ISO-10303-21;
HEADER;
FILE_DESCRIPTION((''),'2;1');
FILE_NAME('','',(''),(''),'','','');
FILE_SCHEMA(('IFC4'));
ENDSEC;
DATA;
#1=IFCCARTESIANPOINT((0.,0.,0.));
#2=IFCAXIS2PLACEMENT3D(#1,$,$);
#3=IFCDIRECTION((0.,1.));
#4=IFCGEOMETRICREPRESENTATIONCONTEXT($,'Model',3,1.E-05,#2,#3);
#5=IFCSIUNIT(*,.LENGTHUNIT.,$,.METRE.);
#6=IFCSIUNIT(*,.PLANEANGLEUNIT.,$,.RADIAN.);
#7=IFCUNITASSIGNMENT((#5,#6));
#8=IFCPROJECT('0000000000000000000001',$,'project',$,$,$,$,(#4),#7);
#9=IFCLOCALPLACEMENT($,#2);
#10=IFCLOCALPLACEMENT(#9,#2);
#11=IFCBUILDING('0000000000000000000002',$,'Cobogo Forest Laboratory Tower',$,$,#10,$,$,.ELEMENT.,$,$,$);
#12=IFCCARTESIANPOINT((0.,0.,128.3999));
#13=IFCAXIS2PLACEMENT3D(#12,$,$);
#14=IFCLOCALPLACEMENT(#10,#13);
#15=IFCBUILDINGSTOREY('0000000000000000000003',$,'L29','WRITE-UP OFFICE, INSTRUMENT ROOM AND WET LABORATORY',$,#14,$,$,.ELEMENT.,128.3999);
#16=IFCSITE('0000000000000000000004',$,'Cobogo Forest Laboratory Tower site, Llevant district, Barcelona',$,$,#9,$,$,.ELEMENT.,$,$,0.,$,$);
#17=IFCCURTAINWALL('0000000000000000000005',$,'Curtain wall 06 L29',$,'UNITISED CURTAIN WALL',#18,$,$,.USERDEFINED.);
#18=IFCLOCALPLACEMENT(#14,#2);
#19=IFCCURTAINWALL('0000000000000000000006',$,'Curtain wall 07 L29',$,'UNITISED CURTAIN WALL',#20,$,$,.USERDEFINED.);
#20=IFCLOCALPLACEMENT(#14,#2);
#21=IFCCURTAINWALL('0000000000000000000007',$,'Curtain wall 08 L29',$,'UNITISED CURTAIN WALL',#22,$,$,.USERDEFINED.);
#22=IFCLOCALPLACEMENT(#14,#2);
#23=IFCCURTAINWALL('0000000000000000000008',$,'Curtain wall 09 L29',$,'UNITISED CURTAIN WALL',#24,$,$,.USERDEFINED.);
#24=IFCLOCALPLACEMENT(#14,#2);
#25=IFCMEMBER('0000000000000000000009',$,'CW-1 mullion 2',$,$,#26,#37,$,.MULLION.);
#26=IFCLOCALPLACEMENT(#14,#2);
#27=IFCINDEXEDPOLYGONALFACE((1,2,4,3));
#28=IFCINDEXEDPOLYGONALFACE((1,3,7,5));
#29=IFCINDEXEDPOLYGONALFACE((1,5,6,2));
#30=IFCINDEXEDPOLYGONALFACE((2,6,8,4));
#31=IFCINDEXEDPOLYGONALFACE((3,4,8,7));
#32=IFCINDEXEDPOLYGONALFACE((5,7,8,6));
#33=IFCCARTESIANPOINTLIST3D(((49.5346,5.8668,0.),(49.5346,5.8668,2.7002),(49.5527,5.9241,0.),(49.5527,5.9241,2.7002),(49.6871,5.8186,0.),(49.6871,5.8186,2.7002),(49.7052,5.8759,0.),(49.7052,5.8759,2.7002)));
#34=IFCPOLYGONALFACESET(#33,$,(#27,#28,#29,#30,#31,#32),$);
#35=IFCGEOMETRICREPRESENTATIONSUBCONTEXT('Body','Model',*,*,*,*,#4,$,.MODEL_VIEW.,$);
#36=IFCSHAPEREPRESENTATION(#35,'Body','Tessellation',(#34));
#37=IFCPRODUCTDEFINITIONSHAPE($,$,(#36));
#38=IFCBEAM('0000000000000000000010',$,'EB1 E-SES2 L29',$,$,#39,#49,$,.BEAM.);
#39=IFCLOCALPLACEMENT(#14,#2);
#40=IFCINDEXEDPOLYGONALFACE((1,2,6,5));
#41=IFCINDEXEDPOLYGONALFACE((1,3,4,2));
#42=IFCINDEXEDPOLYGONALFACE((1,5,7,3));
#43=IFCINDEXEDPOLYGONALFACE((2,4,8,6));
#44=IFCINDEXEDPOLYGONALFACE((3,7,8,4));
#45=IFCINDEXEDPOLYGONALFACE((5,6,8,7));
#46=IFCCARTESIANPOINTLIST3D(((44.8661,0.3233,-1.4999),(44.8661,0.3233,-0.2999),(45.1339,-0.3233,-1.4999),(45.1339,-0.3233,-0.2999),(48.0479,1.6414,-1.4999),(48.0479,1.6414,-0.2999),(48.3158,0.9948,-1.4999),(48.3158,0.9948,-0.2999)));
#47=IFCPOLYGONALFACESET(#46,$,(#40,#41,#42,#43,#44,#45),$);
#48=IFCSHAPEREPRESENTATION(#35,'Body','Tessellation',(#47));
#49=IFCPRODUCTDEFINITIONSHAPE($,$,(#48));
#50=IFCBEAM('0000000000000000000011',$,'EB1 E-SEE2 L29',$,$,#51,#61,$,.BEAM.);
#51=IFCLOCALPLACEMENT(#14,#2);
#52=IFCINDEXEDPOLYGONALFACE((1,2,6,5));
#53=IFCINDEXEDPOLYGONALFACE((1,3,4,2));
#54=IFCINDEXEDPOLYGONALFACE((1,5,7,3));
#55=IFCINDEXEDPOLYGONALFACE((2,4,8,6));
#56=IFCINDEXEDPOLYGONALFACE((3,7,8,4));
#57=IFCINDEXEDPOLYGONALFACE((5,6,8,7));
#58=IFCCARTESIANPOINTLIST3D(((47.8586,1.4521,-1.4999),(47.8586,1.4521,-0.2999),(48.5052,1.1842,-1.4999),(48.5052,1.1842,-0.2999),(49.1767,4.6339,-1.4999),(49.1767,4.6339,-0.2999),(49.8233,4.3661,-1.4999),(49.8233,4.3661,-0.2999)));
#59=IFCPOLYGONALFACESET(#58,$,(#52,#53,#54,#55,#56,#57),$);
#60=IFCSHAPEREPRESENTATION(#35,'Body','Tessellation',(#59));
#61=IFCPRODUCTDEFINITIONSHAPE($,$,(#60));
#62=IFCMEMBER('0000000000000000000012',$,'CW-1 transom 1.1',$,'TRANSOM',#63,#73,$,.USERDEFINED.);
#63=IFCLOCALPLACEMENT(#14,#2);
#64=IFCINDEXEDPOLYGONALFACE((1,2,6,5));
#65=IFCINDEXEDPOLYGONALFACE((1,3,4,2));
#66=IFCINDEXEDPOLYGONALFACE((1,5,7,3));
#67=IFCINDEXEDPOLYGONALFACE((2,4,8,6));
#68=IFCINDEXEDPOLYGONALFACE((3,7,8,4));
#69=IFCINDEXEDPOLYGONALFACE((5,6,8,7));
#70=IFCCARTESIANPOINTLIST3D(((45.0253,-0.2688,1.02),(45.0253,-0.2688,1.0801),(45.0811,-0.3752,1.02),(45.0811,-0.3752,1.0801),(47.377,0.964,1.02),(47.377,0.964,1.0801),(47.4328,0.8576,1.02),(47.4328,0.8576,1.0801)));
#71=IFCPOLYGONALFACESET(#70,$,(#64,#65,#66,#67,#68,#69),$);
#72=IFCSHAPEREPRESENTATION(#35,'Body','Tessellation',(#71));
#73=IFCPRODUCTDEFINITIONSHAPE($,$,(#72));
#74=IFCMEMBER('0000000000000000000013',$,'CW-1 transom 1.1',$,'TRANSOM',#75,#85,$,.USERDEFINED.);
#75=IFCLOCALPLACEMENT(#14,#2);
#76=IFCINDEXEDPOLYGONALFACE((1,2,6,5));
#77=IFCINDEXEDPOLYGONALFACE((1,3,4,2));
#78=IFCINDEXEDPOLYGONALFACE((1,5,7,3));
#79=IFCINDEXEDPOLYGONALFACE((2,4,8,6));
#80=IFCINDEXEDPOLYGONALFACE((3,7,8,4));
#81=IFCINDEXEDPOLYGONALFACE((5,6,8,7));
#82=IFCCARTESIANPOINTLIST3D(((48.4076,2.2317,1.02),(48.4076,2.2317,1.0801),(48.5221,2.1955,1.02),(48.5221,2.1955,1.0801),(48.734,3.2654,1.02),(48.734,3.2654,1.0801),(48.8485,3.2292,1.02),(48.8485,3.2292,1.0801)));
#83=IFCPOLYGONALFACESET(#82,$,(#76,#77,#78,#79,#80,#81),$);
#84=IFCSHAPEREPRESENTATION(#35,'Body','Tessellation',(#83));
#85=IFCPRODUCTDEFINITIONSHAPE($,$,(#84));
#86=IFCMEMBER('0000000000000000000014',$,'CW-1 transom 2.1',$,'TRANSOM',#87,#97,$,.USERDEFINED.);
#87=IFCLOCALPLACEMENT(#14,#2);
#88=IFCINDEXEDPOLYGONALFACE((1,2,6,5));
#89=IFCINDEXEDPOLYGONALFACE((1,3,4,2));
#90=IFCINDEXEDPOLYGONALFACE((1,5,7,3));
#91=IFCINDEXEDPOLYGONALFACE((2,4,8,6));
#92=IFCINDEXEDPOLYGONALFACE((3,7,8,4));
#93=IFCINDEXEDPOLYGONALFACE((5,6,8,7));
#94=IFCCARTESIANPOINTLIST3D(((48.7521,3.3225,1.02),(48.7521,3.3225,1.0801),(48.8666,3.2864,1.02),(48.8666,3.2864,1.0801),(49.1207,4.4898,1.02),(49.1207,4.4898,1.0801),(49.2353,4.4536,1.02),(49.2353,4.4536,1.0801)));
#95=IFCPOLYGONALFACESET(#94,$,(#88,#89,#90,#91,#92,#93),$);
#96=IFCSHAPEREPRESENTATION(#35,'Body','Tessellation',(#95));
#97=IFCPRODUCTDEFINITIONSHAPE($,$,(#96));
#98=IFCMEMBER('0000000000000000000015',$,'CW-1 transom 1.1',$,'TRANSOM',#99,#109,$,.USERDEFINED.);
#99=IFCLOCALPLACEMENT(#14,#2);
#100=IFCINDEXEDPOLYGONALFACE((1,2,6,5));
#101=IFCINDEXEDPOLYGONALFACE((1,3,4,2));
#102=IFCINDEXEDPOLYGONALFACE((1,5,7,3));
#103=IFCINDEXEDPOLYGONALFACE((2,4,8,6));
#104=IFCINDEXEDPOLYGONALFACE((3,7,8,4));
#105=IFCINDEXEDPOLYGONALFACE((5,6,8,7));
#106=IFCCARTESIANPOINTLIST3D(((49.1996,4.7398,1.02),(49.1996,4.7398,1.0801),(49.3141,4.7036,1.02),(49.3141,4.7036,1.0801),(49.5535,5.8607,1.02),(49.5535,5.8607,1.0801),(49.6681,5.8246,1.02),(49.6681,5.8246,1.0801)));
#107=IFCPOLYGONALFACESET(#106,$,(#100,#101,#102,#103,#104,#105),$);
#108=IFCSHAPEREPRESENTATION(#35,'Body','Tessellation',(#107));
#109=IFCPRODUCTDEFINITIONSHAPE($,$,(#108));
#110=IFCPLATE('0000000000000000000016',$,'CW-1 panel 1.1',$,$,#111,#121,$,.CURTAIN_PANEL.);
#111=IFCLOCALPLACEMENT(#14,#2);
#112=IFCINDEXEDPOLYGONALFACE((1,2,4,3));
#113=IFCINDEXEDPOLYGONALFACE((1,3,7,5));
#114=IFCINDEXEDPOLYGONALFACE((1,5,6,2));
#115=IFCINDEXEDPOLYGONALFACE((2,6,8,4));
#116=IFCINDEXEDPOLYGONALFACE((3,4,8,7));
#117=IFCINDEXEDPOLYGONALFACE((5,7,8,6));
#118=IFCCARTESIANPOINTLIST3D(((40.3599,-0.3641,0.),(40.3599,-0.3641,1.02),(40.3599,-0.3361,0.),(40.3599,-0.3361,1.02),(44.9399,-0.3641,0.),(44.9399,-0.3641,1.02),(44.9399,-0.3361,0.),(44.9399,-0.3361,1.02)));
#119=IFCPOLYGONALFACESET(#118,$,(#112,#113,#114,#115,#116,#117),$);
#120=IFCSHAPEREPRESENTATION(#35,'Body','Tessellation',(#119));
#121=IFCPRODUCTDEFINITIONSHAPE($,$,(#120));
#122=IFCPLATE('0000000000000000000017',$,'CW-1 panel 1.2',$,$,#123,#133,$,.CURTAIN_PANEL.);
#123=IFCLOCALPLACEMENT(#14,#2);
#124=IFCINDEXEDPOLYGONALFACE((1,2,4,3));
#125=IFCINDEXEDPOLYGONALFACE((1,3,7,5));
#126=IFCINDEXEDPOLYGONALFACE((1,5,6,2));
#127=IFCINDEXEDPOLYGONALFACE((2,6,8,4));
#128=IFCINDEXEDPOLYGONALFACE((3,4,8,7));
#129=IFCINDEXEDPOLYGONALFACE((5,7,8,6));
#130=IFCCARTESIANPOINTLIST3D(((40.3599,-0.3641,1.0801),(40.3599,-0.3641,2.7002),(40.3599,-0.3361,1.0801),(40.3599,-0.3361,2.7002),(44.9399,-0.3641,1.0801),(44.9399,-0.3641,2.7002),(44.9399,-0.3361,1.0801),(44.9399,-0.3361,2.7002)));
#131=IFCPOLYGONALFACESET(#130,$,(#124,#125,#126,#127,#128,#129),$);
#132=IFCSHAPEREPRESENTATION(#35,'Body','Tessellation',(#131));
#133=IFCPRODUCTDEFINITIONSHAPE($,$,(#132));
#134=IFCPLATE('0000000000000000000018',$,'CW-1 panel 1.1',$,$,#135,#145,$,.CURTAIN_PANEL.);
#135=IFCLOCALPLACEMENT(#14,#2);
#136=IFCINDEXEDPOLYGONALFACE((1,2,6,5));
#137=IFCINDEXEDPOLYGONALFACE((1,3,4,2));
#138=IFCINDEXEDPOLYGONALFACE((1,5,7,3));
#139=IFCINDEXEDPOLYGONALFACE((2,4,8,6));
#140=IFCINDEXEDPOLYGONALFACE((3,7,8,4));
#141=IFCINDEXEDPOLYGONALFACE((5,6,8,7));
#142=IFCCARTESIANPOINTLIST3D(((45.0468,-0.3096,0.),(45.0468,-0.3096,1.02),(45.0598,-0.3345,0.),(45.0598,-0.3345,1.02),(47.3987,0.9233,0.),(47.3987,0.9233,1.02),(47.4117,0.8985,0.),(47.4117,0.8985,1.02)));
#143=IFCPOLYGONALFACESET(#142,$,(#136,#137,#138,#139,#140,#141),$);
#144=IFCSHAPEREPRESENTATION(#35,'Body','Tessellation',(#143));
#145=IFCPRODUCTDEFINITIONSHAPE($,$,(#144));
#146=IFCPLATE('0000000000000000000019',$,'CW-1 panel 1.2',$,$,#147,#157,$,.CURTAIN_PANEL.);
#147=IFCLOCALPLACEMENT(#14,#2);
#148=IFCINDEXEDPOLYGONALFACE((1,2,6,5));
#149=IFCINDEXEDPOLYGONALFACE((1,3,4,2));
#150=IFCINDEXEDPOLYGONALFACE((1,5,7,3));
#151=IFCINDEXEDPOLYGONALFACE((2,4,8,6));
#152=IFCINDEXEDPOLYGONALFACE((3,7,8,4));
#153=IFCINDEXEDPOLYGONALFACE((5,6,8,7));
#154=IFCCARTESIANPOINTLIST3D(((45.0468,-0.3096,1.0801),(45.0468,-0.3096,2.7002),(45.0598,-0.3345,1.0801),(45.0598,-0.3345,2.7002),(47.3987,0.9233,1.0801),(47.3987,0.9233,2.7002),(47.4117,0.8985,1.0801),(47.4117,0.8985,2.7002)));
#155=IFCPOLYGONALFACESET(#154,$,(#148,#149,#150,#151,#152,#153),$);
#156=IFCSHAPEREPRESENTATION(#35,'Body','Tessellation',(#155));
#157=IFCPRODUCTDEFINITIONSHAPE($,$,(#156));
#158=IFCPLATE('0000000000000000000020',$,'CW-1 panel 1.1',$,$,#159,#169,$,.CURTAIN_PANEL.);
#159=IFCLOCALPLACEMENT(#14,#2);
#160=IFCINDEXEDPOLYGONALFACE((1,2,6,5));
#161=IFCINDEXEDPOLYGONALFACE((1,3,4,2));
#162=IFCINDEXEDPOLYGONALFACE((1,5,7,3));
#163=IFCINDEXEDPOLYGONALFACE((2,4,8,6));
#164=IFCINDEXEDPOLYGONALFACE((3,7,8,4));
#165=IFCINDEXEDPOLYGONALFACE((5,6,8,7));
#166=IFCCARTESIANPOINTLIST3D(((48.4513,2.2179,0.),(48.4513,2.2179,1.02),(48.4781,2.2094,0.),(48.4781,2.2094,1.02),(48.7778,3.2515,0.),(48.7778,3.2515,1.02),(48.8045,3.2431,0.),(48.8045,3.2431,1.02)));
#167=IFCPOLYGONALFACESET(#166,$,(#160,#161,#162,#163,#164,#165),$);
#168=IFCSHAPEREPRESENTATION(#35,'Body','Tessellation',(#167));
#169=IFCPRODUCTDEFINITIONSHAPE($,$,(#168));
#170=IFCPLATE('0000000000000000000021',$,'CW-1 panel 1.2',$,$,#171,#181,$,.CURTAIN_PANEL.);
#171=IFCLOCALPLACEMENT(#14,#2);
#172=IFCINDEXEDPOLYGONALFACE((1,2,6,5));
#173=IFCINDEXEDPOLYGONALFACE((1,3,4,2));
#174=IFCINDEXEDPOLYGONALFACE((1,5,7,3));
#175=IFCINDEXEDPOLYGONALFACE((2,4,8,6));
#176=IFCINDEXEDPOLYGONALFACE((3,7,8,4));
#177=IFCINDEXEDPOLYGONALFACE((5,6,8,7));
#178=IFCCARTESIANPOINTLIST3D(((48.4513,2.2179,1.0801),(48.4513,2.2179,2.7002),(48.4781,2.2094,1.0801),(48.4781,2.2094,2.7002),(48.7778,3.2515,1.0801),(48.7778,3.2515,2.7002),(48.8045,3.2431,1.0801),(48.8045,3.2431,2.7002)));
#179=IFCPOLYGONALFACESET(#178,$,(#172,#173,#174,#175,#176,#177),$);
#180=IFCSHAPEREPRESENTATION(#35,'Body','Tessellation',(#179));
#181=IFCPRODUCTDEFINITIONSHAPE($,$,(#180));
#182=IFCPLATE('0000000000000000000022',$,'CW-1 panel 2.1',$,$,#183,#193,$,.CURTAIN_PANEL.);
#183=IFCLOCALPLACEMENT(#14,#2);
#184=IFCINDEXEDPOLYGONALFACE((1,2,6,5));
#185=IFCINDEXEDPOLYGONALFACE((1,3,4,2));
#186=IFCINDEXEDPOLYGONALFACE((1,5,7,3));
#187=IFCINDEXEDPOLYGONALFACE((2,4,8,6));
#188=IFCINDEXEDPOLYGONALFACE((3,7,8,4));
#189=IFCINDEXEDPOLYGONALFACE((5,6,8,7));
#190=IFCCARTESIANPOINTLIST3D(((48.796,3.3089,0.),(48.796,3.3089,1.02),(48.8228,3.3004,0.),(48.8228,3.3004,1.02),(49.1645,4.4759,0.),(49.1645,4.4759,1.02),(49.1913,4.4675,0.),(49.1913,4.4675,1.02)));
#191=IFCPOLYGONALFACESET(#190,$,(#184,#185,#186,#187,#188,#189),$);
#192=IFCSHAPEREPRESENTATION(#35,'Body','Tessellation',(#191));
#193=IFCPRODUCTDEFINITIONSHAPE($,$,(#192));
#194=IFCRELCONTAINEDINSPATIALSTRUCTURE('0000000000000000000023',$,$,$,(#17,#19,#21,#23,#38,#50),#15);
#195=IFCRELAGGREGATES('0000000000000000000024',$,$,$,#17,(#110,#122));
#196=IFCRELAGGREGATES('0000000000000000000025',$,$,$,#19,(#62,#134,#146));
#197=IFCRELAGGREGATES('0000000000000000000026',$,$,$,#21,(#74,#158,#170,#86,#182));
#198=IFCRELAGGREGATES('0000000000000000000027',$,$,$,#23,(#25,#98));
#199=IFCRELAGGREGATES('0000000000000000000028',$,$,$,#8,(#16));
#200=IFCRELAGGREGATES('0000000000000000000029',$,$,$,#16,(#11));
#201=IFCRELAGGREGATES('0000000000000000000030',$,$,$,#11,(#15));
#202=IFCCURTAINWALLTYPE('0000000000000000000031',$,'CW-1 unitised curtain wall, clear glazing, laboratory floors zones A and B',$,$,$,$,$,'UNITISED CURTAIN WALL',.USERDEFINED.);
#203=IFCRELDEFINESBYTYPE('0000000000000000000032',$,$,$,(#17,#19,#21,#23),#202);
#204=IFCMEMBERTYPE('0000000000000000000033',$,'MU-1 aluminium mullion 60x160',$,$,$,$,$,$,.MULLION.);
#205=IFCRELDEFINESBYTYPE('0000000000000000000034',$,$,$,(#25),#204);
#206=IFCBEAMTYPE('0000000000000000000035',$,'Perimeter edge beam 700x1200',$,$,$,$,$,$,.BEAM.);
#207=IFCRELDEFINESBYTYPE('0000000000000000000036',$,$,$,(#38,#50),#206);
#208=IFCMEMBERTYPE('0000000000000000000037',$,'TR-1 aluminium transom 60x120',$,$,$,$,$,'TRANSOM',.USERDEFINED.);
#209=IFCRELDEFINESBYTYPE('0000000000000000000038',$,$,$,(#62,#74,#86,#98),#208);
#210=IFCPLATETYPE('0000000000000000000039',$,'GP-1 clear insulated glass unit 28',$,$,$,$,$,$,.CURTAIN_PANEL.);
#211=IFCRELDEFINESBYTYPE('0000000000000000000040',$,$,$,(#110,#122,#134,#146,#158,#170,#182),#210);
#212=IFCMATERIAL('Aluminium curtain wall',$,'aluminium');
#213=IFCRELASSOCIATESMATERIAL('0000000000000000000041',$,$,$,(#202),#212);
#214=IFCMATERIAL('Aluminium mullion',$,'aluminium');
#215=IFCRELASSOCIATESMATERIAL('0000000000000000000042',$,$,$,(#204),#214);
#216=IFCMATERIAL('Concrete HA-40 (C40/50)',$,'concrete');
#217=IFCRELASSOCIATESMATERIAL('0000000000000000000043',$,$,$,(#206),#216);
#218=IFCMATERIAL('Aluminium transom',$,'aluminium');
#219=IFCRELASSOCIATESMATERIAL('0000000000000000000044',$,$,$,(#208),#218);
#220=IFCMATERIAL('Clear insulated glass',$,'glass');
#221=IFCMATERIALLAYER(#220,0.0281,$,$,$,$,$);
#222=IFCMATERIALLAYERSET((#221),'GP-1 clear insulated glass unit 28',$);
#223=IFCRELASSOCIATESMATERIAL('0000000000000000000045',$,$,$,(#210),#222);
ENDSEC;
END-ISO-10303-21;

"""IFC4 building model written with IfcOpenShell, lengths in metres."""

from ifc_helpers import new_model, si_unit, direction, frame, origin, origin_2d, place, context, subcontext, project, spatial, rectangle, extrude, material, layer, layer_set, material_profile, profile_set, type_object, element, aggregate, save


model = new_model("IFC4")

# Units and contexts
model_context = context("Model", 3, precision=1e-05, world=origin(), true_north=direction((0.0, 1.0)))
body_context = subcontext(model_context, "Body", "Model", "MODEL_VIEW")
ifc_project = project(units=[si_unit("LENGTHUNIT", "METRE"), si_unit("PLANEANGLEUNIT", "RADIAN")], contexts=[model_context])

# Site, building, storey
site_placement = place(None, origin())
site = spatial("IfcSite", under=ifc_project, at=site_placement, Name="Cobogo Forest Laboratory Tower site, Llevant district, Barcelona", CompositionType="ELEMENT", RefElevation=0.0)
building_placement = place(site_placement, origin())
building = spatial("IfcBuilding", under=site, at=building_placement, Name="Cobogo Forest Laboratory Tower", CompositionType="ELEMENT")
storey_placement = place(building_placement, frame((0.0, 0.0, 128.3999)))
storey = spatial("IfcBuildingStorey", under=building, at=storey_placement, Name="L29", Description="WRITE-UP OFFICE, INSTRUMENT ROOM AND WET LABORATORY", CompositionType="ELEMENT", Elevation=128.3999)

# Curtain wall
ifc_material_1 = material(Name="Aluminium curtain wall", Category="aluminium")
curtain_wall_type = type_object("IfcCurtainWallType", Name="CW-1 unitised curtain wall, clear glazing, laboratory floors zones A and B", ElementType="UNITISED CURTAIN WALL", PredefinedType="USERDEFINED", material=ifc_material_1)
curtain_wall_1_placement = place(storey_placement, origin())
curtain_wall_1 = element("IfcCurtainWall", 1, at=curtain_wall_1_placement, inside=storey, type_object=curtain_wall_type, Name="Curtain wall 06 L29", ObjectType="UNITISED CURTAIN WALL", PredefinedType="USERDEFINED")
ifc_material_2 = material(Name="Aluminium mullion", Category="aluminium")
ifc_material_profile_1 = material_profile(ifc_material_2, rectangle(XDim=0.0601, YDim=0.1599, at=origin_2d()), Name="AL 60x160")
ifc_profile_set_1 = profile_set([ifc_material_profile_1], Name="Aluminium mullion")
member_type_1 = type_object("IfcMemberType", Name="MU-1 aluminium mullion 60x160", PredefinedType="MULLION", material=ifc_profile_set_1)

# Curtain walls, member
curtain_wall_2_placement = place(storey_placement, origin())
curtain_wall_2 = element("IfcCurtainWall", 2, at=curtain_wall_2_placement, inside=storey, type_object=curtain_wall_type, Name="Curtain wall 07 L29", ObjectType="UNITISED CURTAIN WALL", PredefinedType="USERDEFINED")
curtain_wall_3_placement = place(storey_placement, origin())
curtain_wall_3 = element("IfcCurtainWall", 3, at=curtain_wall_3_placement, inside=storey, type_object=curtain_wall_type, Name="Curtain wall 08 L29", ObjectType="UNITISED CURTAIN WALL", PredefinedType="USERDEFINED")
curtain_wall_4_placement = place(storey_placement, origin())
curtain_wall_4 = element("IfcCurtainWall", 4, at=curtain_wall_4_placement, inside=storey, type_object=curtain_wall_type, Name="Curtain wall 09 L29", ObjectType="UNITISED CURTAIN WALL", PredefinedType="USERDEFINED")
member_1_placement = place(storey_placement, frame((49.6199, 5.8713, 0.0), z_axis=(0.0, 0.0, 1.0), x_axis=(0.301135, 0.953581, 0.0)))
member_1 = element("IfcMember", 5, at=member_1_placement, type_object=member_type_1, Name="CW-1 mullion 2", PredefinedType="MULLION", context=body_context, shape_type="SweptSolid", body=[
    extrude(rectangle(XDim=0.0601, YDim=0.1599, at=origin_2d()), origin(), (0.0, 0.0, 1.0), 2.7002),
])

# Beams
ifc_material_3 = material(Name="Concrete HA-40 (C40/50)", Category="concrete")
ifc_material_profile_2 = material_profile(ifc_material_3, rectangle(XDim=0.7, YDim=1.2, at=origin_2d()), Name="RC 700x1200")
ifc_profile_set_2 = profile_set([ifc_material_profile_2], Name="Concrete HA-40 (C40/50)")
beam_type_1 = type_object("IfcBeamType", Name="Perimeter edge beam 700x1200", PredefinedType="BEAM", material=ifc_profile_set_2)
for number, where, z_axis, x_axis, name in (
    (6, (45.0, 0.0, -0.8999), (0.923866, 0.382717, 0.0), (-0.382717, 0.923866, 0.0), "EB1 E-SES2 L29"),
    (7, (49.5, 4.5, -0.8999), (-0.382717, -0.923866, 0.0), (0.923866, -0.382717, 0.0), "EB1 E-SEE2 L29"),
):
    element("IfcBeam", number, at=place(storey_placement, frame(where, z_axis=z_axis, x_axis=x_axis)), inside=storey, type_object=beam_type_1, Name=name, PredefinedType="BEAM", context=body_context, shape_type="SweptSolid", body=[
        extrude(rectangle(XDim=0.7, YDim=1.2, at=origin_2d()), origin(), (0.0, 0.0, 1.0), 3.4441),
    ])

# Members
ifc_material_4 = material(Name="Aluminium transom", Category="aluminium")
ifc_material_profile_3 = material_profile(ifc_material_4, rectangle(XDim=0.1201, YDim=0.0601, at=origin_2d()), Name="AL 60x120")
ifc_profile_set_3 = profile_set([ifc_material_profile_3], Name="Aluminium transom")
member_type_2 = type_object("IfcMemberType", Name="TR-1 aluminium transom 60x120", ElementType="TRANSOM", PredefinedType="USERDEFINED", material=ifc_profile_set_3)
member_2_placement = place(storey_placement, frame((45.0532, -0.322, 1.05), z_axis=(0.885675, 0.464306, 0.0), x_axis=(-0.464306, 0.885675, 0.0)))
member_2 = element("IfcMember", 8, at=member_2_placement, type_object=member_type_2, Name="CW-1 transom 1.1", ObjectType="TRANSOM", PredefinedType="USERDEFINED", context=body_context, shape_type="SweptSolid", body=[
    extrude(rectangle(XDim=0.1201, YDim=0.0601, at=origin_2d()), origin(), (0.0, 0.0, 1.0), 2.6553),
])
member_3_placement = place(storey_placement, frame((48.4648, 2.2136, 1.05), z_axis=(0.301121, 0.953586, 0.0), x_axis=(-0.953586, 0.301121, 0.0)))
member_3 = element("IfcMember", 9, at=member_3_placement, type_object=member_type_2, Name="CW-1 transom 1.1", ObjectType="TRANSOM", PredefinedType="USERDEFINED", context=body_context, shape_type="SweptSolid", body=[
    extrude(rectangle(XDim=0.1201, YDim=0.0601, at=origin_2d()), origin(), (0.0, 0.0, 1.0), 1.084),
])
member_4_placement = place(storey_placement, frame((48.8093, 3.3044, 1.05), z_axis=(0.30117, 0.953571, 0.0), x_axis=(-0.953571, 0.30117, 0.0)))
member_4 = element("IfcMember", 10, at=member_4_placement, type_object=member_type_2, Name="CW-1 transom 2.1", ObjectType="TRANSOM", PredefinedType="USERDEFINED", context=body_context, shape_type="SweptSolid", body=[
    extrude(rectangle(XDim=0.1201, YDim=0.0601, at=origin_2d()), origin(), (0.0, 0.0, 1.0), 1.2241),
])
member_5_placement = place(storey_placement, frame((49.2568, 4.7217, 1.05), z_axis=(0.301111, 0.953589, 0.0), x_axis=(-0.953589, 0.301111, 0.0)))
member_5 = element("IfcMember", 11, at=member_5_placement, type_object=member_type_2, Name="CW-1 transom 1.1", ObjectType="TRANSOM", PredefinedType="USERDEFINED", context=body_context, shape_type="SweptSolid", body=[
    extrude(rectangle(XDim=0.1201, YDim=0.0601, at=origin_2d()), origin(), (0.0, 0.0, 1.0), 1.1755),
])

# Plates
ifc_material_5 = material(Name="Clear insulated glass", Category="glass")
ifc_layer = layer(ifc_material_5, 0.0281)
ifc_layer_set = layer_set([ifc_layer], Name="GP-1 clear insulated glass unit 28")
plate_type = type_object("IfcPlateType", Name="GP-1 clear insulated glass unit 28", PredefinedType="CURTAIN_PANEL", material=ifc_layer_set)
plate_1_placement = place(storey_placement, frame((42.6499, -0.3501, 0.0), z_axis=(0.0, 0.0, 1.0), x_axis=(1.0, 0.0, 0.0)))
plate_1 = element("IfcPlate", 12, at=plate_1_placement, type_object=plate_type, Name="CW-1 panel 1.1", PredefinedType="CURTAIN_PANEL", context=body_context, shape_type="SweptSolid", body=[
    extrude(rectangle(XDim=4.5801, YDim=0.0281, at=origin_2d()), origin(), (0.0, 0.0, 1.0), 1.02),
])
plate_2_placement = place(storey_placement, frame((42.6499, -0.3501, 1.0801), z_axis=(0.0, 0.0, 1.0), x_axis=(1.0, 0.0, 0.0)))
plate_2 = element("IfcPlate", 13, at=plate_2_placement, type_object=plate_type, Name="CW-1 panel 1.2", PredefinedType="CURTAIN_PANEL", context=body_context, shape_type="SweptSolid", body=[
    extrude(rectangle(XDim=4.5801, YDim=0.0281, at=origin_2d()), origin(), (0.0, 0.0, 1.0), 1.6201),
])
aggregate(curtain_wall_1, [plate_1, plate_2])
plate_3_placement = place(storey_placement, frame((46.2292, 0.2944, 0.0), z_axis=(0.0, 0.0, 1.0), x_axis=(0.885687, 0.464284, 0.0)))
plate_3 = element("IfcPlate", 14, at=plate_3_placement, type_object=plate_type, Name="CW-1 panel 1.1", PredefinedType="CURTAIN_PANEL", context=body_context, shape_type="SweptSolid", body=[
    extrude(rectangle(XDim=2.6555, YDim=0.0281, at=origin_2d()), origin(), (0.0, 0.0, 1.0), 1.02),
])
plate_4_placement = place(storey_placement, frame((46.2292, 0.2944, 1.0801), z_axis=(0.0, 0.0, 1.0), x_axis=(0.885687, 0.464284, 0.0)))
plate_4 = element("IfcPlate", 15, at=plate_4_placement, type_object=plate_type, Name="CW-1 panel 1.2", PredefinedType="CURTAIN_PANEL", context=body_context, shape_type="SweptSolid", body=[
    extrude(rectangle(XDim=2.6555, YDim=0.0281, at=origin_2d()), origin(), (0.0, 0.0, 1.0), 1.6201),
])
aggregate(curtain_wall_2, [member_2, plate_3, plate_4])
plate_5_placement = place(storey_placement, frame((48.6279, 2.7305, 0.0), z_axis=(0.0, 0.0, 1.0), x_axis=(0.301135, 0.953581, 0.0)))
plate_5 = element("IfcPlate", 16, at=plate_5_placement, type_object=plate_type, Name="CW-1 panel 1.1", PredefinedType="CURTAIN_PANEL", context=body_context, shape_type="SweptSolid", body=[
    extrude(rectangle(XDim=1.084, YDim=0.0281, at=origin_2d()), origin(), (0.0, 0.0, 1.0), 1.02),
])
plate_6_placement = place(storey_placement, frame((48.6279, 2.7305, 1.0801), z_axis=(0.0, 0.0, 1.0), x_axis=(0.301135, 0.953581, 0.0)))
plate_6 = element("IfcPlate", 17, at=plate_6_placement, type_object=plate_type, Name="CW-1 panel 1.2", PredefinedType="CURTAIN_PANEL", context=body_context, shape_type="SweptSolid", body=[
    extrude(rectangle(XDim=1.084, YDim=0.0281, at=origin_2d()), origin(), (0.0, 0.0, 1.0), 1.6201),
])
plate_7_placement = place(storey_placement, frame((48.9937, 3.8882, 0.0), z_axis=(0.0, 0.0, 1.0), x_axis=(0.301135, 0.953581, 0.0)))
plate_7 = element("IfcPlate", 18, at=plate_7_placement, type_object=plate_type, Name="CW-1 panel 2.1", PredefinedType="CURTAIN_PANEL", context=body_context, shape_type="SweptSolid", body=[
    extrude(rectangle(XDim=1.2239, YDim=0.0281, at=origin_2d()), origin(), (0.0, 0.0, 1.0), 1.02),
])
aggregate(curtain_wall_3, [member_3, plate_5, plate_6, member_4, plate_7])
aggregate(curtain_wall_4, [member_1, member_5])

save(model, "model.ifc")
